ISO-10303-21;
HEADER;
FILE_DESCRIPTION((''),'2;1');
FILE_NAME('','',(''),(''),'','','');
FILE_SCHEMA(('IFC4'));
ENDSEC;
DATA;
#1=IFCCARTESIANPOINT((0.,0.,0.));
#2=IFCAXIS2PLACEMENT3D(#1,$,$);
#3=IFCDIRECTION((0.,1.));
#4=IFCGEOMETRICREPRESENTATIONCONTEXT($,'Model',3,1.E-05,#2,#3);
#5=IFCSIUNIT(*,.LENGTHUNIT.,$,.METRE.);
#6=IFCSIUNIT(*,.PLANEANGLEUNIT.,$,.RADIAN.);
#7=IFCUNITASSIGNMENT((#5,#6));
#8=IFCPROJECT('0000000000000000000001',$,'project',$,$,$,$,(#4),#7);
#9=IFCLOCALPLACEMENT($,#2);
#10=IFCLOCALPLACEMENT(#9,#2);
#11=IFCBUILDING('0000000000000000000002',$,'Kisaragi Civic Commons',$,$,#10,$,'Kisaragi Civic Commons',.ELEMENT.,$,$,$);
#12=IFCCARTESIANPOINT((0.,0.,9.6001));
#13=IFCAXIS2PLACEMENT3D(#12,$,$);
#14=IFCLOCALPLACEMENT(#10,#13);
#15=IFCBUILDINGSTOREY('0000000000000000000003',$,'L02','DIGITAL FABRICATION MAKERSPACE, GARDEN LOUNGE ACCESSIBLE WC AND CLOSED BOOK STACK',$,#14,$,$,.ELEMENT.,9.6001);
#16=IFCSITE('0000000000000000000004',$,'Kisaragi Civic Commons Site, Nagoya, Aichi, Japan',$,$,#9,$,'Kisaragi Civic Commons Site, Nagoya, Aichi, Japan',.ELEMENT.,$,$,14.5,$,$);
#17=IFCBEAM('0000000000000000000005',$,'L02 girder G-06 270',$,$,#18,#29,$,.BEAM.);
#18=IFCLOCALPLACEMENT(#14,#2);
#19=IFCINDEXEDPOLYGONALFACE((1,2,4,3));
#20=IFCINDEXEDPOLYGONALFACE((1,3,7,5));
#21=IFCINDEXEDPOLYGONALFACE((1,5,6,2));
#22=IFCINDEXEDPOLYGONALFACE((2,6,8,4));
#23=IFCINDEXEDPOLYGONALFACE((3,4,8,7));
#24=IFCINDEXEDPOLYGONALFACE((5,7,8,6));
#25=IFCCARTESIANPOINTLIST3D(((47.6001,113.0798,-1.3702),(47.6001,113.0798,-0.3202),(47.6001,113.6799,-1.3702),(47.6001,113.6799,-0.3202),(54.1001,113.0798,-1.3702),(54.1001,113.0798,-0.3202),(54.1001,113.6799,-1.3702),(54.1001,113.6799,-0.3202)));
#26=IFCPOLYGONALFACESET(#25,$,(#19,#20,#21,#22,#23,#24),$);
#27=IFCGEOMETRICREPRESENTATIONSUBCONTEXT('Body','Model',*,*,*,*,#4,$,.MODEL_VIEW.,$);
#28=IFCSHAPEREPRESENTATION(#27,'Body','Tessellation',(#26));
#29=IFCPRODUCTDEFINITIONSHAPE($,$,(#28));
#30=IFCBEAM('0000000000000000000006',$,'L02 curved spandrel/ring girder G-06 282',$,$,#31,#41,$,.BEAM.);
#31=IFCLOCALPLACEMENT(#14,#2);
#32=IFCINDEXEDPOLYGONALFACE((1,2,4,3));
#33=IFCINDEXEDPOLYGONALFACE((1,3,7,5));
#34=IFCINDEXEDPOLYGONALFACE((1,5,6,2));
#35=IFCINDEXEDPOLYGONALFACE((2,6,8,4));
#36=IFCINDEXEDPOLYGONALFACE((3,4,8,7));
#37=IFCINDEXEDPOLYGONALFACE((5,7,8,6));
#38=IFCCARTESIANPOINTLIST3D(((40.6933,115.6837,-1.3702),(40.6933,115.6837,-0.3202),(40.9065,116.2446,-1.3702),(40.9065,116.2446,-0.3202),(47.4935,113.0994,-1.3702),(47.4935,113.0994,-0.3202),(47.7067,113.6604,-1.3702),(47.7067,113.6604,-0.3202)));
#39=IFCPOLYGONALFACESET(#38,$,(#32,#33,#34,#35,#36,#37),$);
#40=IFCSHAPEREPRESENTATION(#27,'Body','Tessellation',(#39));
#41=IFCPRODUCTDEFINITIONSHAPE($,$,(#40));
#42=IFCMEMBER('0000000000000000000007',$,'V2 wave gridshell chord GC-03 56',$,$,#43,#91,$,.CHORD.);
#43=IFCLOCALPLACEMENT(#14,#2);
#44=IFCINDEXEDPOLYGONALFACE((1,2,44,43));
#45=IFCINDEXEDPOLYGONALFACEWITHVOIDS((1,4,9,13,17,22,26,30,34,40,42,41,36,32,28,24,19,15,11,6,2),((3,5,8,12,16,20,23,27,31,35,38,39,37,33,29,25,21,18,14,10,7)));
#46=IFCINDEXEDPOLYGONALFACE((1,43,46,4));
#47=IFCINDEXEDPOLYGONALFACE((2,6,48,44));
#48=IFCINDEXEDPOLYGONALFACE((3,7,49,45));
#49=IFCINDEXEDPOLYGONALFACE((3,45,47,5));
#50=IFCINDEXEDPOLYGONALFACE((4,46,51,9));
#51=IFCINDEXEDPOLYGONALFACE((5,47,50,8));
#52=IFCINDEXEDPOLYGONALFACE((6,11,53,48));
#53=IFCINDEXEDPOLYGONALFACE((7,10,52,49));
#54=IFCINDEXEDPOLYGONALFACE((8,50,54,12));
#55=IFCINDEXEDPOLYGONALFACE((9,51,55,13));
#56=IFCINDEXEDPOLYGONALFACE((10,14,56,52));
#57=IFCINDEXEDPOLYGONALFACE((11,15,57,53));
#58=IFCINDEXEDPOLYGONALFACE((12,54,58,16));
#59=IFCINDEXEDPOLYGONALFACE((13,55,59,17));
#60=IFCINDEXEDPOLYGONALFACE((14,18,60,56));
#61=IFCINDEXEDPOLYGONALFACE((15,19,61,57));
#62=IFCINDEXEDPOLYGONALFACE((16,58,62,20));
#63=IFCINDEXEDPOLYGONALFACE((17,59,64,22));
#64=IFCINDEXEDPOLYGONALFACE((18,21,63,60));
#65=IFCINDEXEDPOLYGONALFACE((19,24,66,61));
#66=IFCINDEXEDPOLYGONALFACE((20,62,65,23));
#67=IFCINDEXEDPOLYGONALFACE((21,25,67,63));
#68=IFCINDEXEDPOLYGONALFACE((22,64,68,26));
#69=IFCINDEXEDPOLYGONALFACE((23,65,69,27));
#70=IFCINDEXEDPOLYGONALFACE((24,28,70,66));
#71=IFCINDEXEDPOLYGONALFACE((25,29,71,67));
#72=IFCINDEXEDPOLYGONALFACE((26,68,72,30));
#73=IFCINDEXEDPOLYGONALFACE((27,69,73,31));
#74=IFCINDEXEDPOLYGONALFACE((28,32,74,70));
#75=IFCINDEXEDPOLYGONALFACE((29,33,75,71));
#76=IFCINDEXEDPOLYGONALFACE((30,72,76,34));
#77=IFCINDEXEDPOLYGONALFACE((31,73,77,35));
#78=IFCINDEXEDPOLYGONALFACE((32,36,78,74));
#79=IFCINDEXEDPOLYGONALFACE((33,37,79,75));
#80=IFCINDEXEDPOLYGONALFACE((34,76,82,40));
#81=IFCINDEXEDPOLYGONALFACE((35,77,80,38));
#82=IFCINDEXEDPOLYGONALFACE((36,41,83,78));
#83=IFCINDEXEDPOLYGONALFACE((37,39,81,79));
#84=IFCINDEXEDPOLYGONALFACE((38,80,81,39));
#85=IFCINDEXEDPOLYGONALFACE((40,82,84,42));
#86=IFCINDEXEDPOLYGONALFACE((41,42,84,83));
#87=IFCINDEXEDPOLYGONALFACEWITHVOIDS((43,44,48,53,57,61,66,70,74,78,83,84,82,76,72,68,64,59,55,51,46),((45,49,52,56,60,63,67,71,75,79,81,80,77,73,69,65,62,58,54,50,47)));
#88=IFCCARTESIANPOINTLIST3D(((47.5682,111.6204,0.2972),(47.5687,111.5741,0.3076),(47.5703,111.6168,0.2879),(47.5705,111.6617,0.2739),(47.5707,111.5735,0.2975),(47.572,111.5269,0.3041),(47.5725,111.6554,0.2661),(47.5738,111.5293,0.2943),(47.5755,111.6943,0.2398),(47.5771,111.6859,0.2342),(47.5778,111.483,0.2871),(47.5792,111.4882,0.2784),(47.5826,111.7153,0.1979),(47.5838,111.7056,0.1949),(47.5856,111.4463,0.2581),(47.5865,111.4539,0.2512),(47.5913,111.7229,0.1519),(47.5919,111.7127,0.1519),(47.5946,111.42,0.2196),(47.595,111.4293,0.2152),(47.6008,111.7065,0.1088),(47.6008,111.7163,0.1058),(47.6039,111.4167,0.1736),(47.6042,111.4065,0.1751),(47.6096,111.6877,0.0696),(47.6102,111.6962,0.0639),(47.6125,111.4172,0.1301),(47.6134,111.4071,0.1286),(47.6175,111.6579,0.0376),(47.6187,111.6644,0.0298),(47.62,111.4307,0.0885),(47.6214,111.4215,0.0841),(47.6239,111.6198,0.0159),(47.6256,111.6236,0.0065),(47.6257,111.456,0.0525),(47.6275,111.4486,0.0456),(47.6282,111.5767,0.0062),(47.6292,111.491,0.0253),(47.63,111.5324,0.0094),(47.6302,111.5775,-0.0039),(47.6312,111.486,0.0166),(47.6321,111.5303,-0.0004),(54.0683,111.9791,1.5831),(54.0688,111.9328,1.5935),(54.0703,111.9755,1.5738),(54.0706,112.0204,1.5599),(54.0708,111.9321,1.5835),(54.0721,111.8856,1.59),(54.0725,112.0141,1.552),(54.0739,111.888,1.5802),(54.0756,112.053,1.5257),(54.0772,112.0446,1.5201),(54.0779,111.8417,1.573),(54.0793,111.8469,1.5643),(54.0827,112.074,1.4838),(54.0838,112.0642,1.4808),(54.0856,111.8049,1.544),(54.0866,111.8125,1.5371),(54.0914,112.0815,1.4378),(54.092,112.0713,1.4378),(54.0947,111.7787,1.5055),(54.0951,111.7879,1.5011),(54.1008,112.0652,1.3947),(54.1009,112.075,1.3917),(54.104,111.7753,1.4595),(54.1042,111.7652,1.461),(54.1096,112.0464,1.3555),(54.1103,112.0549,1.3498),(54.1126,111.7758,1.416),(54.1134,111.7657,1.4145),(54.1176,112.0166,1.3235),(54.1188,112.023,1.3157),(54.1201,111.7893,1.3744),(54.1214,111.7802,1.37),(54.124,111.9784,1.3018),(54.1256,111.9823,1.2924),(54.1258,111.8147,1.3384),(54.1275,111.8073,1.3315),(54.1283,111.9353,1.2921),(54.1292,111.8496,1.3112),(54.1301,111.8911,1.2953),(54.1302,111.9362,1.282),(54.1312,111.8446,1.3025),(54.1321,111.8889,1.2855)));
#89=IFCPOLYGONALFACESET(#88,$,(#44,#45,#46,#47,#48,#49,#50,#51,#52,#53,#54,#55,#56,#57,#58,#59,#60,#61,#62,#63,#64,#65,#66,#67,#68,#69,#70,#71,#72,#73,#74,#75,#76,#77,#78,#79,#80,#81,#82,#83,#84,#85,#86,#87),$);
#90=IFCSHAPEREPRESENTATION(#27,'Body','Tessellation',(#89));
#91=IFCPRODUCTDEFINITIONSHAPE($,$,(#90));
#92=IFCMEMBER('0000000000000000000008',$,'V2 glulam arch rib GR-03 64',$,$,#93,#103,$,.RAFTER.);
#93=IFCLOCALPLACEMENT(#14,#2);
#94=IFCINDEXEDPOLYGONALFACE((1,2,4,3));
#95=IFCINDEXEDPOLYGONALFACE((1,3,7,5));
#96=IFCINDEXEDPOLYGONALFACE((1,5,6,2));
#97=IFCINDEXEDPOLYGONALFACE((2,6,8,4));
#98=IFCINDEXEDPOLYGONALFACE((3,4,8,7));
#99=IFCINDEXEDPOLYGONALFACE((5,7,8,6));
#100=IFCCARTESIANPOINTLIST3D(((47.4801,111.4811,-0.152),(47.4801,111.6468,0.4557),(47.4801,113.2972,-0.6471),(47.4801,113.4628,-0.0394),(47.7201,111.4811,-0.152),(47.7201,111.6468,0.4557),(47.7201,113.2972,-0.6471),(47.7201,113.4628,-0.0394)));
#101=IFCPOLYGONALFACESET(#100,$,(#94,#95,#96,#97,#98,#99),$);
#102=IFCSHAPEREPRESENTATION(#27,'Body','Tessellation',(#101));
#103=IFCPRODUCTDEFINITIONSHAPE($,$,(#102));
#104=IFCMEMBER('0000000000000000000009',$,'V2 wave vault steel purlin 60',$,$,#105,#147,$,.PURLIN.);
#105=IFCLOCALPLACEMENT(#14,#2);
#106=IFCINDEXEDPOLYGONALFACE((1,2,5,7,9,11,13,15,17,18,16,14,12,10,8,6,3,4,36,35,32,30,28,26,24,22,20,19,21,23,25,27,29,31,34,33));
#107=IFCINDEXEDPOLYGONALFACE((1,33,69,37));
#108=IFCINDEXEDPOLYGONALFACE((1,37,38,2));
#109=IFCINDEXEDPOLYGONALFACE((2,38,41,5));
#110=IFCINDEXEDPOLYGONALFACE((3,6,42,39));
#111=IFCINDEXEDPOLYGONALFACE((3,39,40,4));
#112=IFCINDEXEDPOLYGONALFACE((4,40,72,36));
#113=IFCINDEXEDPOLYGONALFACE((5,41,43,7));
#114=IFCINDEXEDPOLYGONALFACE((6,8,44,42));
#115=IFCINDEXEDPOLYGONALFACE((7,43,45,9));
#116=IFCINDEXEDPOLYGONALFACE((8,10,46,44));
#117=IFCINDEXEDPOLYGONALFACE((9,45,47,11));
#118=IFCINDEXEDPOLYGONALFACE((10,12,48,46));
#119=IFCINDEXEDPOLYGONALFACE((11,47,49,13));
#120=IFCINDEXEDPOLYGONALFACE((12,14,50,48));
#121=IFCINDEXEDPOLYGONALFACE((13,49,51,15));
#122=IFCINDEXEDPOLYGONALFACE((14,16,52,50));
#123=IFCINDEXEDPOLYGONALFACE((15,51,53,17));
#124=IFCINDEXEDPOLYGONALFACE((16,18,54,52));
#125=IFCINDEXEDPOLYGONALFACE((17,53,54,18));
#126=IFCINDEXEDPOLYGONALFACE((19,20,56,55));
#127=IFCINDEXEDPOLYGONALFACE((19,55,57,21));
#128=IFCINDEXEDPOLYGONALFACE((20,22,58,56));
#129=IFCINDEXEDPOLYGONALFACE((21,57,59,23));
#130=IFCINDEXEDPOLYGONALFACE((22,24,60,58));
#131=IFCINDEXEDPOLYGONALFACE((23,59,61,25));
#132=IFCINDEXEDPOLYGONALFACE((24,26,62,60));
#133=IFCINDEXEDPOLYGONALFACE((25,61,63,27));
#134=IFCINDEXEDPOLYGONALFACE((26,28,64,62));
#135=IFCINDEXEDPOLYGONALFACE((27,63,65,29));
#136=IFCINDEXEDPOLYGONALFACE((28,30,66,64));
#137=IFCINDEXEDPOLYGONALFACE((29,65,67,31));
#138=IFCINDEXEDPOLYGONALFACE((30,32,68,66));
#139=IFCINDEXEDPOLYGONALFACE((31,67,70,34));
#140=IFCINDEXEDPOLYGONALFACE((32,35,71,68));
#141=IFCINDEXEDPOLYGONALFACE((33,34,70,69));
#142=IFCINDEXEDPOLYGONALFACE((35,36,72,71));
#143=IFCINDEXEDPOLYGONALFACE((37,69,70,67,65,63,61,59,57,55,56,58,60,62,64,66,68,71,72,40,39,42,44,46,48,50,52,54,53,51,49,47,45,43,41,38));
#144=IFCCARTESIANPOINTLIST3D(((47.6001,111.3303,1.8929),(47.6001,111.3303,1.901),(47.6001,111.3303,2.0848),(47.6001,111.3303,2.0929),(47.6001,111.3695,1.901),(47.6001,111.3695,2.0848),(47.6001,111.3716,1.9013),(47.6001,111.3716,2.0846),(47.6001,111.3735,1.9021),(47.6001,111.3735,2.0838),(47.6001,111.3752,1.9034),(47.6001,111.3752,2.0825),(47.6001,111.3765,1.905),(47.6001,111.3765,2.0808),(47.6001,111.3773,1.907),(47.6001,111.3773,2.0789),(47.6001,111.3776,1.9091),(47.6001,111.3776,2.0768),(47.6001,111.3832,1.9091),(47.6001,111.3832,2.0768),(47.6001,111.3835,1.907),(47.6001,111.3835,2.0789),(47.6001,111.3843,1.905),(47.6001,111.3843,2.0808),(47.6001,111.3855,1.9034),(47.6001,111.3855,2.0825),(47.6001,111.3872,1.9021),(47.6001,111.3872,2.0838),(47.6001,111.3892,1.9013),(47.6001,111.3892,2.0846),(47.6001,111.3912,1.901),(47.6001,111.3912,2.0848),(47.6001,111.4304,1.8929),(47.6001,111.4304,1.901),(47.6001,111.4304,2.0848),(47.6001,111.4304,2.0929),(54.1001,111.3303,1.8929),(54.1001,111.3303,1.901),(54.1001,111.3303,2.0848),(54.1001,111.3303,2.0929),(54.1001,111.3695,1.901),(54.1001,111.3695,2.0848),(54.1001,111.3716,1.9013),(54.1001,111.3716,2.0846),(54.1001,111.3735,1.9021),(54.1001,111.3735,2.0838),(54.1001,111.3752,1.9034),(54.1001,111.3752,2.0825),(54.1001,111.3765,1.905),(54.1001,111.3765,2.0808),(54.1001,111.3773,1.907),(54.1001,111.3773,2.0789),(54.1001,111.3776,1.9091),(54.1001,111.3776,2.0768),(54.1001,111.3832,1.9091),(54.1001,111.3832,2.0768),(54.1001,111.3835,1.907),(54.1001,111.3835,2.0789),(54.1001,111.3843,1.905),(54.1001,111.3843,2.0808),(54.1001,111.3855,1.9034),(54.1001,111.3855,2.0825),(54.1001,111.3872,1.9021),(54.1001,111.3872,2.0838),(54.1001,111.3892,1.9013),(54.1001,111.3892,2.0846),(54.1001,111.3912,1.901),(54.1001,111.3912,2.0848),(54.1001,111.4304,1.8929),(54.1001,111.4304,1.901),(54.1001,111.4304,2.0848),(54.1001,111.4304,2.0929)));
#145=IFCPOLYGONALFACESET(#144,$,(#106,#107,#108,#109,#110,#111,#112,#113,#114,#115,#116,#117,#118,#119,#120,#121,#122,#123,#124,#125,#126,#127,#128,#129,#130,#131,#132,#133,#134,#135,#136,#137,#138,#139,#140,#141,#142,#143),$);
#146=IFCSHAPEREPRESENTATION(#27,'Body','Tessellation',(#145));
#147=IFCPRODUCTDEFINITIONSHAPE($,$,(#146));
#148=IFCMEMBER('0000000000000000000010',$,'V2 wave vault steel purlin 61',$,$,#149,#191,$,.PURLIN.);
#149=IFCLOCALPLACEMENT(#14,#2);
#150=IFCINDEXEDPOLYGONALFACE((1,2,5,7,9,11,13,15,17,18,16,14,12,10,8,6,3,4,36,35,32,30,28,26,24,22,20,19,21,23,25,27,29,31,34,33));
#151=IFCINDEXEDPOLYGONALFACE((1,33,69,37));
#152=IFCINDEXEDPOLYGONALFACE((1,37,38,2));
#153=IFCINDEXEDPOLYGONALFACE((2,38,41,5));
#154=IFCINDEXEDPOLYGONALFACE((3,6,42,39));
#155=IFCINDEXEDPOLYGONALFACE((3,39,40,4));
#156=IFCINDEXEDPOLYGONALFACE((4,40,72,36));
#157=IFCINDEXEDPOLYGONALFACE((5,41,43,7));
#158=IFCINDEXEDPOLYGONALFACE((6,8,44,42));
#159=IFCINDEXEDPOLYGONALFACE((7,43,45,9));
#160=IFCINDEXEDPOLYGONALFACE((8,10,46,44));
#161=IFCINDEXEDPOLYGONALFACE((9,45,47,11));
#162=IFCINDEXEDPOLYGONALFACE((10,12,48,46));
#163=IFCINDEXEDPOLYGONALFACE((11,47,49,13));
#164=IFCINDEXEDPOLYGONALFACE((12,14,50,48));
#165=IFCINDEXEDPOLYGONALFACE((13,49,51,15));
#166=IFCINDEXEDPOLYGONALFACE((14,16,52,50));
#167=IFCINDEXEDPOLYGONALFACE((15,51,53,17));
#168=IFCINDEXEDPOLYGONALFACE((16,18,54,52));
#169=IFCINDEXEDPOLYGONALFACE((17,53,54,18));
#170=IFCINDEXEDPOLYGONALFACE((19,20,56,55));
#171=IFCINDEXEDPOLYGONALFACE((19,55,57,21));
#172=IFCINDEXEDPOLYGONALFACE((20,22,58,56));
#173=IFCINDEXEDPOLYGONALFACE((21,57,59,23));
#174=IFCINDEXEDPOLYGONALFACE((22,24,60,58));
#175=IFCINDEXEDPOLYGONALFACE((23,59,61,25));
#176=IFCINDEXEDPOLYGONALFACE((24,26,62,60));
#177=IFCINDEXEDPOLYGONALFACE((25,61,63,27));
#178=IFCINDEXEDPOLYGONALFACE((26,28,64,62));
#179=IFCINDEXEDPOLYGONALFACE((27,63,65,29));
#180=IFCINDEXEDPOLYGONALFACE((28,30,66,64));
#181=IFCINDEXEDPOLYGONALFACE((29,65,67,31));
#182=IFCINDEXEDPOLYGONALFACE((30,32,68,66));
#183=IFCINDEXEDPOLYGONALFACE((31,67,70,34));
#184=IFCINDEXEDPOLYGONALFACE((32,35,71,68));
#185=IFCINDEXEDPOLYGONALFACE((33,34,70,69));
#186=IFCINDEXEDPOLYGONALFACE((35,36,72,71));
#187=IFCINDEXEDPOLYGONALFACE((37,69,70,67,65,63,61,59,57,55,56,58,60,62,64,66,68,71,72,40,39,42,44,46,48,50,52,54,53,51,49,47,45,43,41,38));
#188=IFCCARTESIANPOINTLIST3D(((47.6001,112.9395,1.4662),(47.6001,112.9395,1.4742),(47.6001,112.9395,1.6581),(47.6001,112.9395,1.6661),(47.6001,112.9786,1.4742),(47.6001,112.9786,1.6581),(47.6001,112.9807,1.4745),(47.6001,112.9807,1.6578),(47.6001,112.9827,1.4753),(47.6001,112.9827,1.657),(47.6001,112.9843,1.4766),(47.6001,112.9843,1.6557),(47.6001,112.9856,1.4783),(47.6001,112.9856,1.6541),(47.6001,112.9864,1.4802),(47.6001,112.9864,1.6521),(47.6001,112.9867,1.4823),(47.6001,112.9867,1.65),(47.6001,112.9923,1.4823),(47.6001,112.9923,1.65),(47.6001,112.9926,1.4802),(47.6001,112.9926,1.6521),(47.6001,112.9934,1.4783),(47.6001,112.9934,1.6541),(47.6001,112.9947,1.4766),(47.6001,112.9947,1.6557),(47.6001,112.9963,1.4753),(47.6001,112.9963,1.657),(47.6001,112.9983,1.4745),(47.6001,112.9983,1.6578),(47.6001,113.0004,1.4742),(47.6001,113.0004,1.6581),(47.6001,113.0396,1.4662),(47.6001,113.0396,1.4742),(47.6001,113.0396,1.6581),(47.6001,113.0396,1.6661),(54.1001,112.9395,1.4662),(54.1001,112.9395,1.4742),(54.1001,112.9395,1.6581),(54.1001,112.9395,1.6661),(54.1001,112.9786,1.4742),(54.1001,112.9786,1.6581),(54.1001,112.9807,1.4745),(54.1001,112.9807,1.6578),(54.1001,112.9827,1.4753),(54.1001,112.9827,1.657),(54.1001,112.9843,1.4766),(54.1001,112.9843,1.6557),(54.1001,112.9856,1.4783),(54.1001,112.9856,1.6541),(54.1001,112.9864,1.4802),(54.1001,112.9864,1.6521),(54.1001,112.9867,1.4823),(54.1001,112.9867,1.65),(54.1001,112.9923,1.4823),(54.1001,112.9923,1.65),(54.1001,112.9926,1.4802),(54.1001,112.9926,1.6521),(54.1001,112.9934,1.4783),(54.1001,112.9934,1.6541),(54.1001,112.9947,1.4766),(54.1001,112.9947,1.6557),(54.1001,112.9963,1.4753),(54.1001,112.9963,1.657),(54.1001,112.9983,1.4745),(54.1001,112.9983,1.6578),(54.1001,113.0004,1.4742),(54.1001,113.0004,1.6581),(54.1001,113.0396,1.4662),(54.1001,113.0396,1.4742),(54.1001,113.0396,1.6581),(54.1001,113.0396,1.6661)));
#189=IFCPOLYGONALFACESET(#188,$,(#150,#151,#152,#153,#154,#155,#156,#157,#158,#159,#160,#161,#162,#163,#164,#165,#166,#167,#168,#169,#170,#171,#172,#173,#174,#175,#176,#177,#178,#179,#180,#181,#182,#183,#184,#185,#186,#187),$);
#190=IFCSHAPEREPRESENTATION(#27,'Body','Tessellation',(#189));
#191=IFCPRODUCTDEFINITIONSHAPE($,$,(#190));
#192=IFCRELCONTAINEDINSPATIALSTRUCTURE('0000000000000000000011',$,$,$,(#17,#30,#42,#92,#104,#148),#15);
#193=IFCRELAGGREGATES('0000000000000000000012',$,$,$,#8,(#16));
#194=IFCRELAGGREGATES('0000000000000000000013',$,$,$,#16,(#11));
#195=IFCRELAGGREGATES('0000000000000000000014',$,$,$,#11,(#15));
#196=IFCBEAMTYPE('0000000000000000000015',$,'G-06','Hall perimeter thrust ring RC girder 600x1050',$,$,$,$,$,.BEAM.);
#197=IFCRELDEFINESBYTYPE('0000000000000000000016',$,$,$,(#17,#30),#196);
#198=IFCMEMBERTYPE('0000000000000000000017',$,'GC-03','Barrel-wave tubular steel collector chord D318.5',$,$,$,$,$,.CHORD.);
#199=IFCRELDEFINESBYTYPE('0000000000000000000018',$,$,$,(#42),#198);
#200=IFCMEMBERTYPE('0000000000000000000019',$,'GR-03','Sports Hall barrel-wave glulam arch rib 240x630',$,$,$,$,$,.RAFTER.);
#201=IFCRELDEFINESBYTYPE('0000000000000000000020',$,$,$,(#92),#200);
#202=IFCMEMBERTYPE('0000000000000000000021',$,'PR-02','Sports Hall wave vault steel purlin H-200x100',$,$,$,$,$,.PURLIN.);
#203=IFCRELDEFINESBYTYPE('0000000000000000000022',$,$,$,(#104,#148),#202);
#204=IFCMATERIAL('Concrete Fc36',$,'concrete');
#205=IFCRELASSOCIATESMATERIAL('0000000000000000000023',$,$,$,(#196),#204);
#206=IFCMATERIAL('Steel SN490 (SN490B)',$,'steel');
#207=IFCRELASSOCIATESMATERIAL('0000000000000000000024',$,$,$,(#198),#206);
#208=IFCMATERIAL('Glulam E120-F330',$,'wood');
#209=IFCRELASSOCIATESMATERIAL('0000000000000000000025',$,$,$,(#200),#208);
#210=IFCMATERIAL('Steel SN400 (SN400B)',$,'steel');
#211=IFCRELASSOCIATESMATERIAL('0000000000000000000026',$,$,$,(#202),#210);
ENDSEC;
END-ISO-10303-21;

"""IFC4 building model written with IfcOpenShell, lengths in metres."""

from ifc_helpers import new_model, si_unit, direction, frame, origin, origin_2d, place, context, subcontext, project, spatial, rectangle, hollow_circle, i_section, extrude, material, material_profile, profile_set, type_object, element, save


model = new_model("IFC4")

# Units and contexts
model_context = context("Model", 3, precision=1e-05, world=origin(), true_north=direction((0.0, 1.0)))
body_context = subcontext(model_context, "Body", "Model", "MODEL_VIEW")
ifc_project = project(units=[si_unit("LENGTHUNIT", "METRE"), si_unit("PLANEANGLEUNIT", "RADIAN")], contexts=[model_context])

# Site, building, storey
site_placement = place(None, origin())
site = spatial("IfcSite", under=ifc_project, at=site_placement, Name="Kisaragi Civic Commons Site, Nagoya, Aichi, Japan", LongName="Kisaragi Civic Commons Site, Nagoya, Aichi, Japan", CompositionType="ELEMENT", RefElevation=14.5)
building_placement = place(site_placement, origin())
building = spatial("IfcBuilding", under=site, at=building_placement, Name="Kisaragi Civic Commons", LongName="Kisaragi Civic Commons", CompositionType="ELEMENT")
storey_placement = place(building_placement, frame((0.0, 0.0, 9.6001)))
storey = spatial("IfcBuildingStorey", under=building, at=storey_placement, Name="L02", Description="DIGITAL FABRICATION MAKERSPACE, GARDEN LOUNGE ACCESSIBLE WC AND CLOSED BOOK STACK", CompositionType="ELEMENT", Elevation=9.6001)

# Beams
ifc_material_1 = material(Name="Concrete Fc36", Category="concrete")
ifc_material_profile_1 = material_profile(ifc_material_1, rectangle(XDim=0.6001, YDim=1.05, at=origin_2d()), Name="RC-600x1050", Category="concrete")
ifc_profile_set_1 = profile_set([ifc_material_profile_1], Name="Concrete Fc36")
beam_type = type_object("IfcBeamType", Name="G-06", Description="Hall perimeter thrust ring RC girder 600x1050", PredefinedType="BEAM", material=ifc_profile_set_1)
beam_1_placement = place(storey_placement, frame((47.6001, 113.3799, -0.8452), z_axis=(1.0, 0.0, 0.0), x_axis=(0.0, 1.0, 0.0)))
element("IfcBeam", 1, at=beam_1_placement, inside=storey, type_object=beam_type, Name="L02 girder G-06 270", PredefinedType="BEAM", context=body_context, shape_type="SweptSolid", body=[
    extrude(rectangle(XDim=0.6001, YDim=1.05, at=origin_2d()), origin(), (0.0, 0.0, 1.0), 6.5),
])
beam_2_placement = place(storey_placement, frame((47.6001, 113.3799, -0.8452), z_axis=(-0.934774, 0.355243, 0.0), x_axis=(-0.355243, -0.934774, 0.0)))
element("IfcBeam", 2, at=beam_2_placement, inside=storey, type_object=beam_type, Name="L02 curved spandrel/ring girder G-06 282", PredefinedType="BEAM", context=body_context, shape_type="SweptSolid", body=[
    extrude(rectangle(XDim=0.6001, YDim=1.05, at=origin_2d()), origin(), (0.0, 0.0, 1.0), 7.2747),
])

# Members
ifc_material_2 = material(Name="Steel SN490 (SN490B)", Category="steel")
ifc_material_profile_2 = material_profile(ifc_material_2, hollow_circle(Radius=0.1592, WallThickness=0.0103, at=origin_2d()), Name="CHS-318.5x10.3", Category="steel")
ifc_profile_set_2 = profile_set([ifc_material_profile_2], Name="Steel SN490 (SN490B)")
member_type_1 = type_object("IfcMemberType", Name="GC-03", Description="Barrel-wave tubular steel collector chord D318.5", PredefinedType="CHORD", material=ifc_profile_set_2)
member_1_placement = place(storey_placement, frame((47.6001, 111.564, 0.1519), z_axis=(0.979554, 0.054048, 0.193784), x_axis=(-0.055092, 0.998481, 0.0)))
element("IfcMember", 3, at=member_1_placement, inside=storey, type_object=member_type_1, Name="V2 wave gridshell chord GC-03 56", PredefinedType="CHORD", context=body_context, shape_type="SweptSolid", body=[
    extrude(hollow_circle(Radius=0.1592, WallThickness=0.0103, at=origin_2d()), origin(), (0.0, 0.0, 1.0), 6.6357),
])
ifc_material_3 = material(Name="Glulam E120-F330", Category="wood")
ifc_material_profile_3 = material_profile(ifc_material_3, rectangle(XDim=0.24, YDim=0.6299, at=origin_2d()), Name="GL-240x630", Category="wood")
ifc_profile_set_3 = profile_set([ifc_material_profile_3], Name="Glulam E120-F330")
member_type_2 = type_object("IfcMemberType", Name="GR-03", Description="Sports Hall barrel-wave glulam arch rib 240x630", PredefinedType="RAFTER", material=ifc_profile_set_3)
member_2_placement = place(storey_placement, frame((47.6001, 111.564, 0.1519), z_axis=(0.0, 0.964782, -0.263052), x_axis=(-1.0, 0.0, 0.0)))
element("IfcMember", 4, at=member_2_placement, inside=storey, type_object=member_type_2, Name="V2 glulam arch rib GR-03 64", PredefinedType="RAFTER", context=body_context, shape_type="SweptSolid", body=[
    extrude(rectangle(XDim=0.24, YDim=0.6299, at=origin_2d()), origin(), (0.0, 0.0, 1.0), 1.8823),
])
ifc_material_4 = material(Name="Steel SN400 (SN400B)", Category="steel")
ifc_material_profile_4 = material_profile(ifc_material_4, i_section(OverallWidth=0.1001, OverallDepth=0.2, WebThickness=0.0056, FlangeThickness=0.0081, FilletRadius=0.0081, at=origin_2d()), Name="H-200x100x5.5x8", Category="steel")
ifc_profile_set_4 = profile_set([ifc_material_profile_4], Name="Steel SN400 (SN400B)")
member_type_3 = type_object("IfcMemberType", Name="PR-02", Description="Sports Hall wave vault steel purlin H-200x100", PredefinedType="PURLIN", material=ifc_profile_set_4)
for number, where, z_axis, x_axis, name in (
    (5, (47.6001, 111.3804, 1.9929), (1.0, 0.0, 0.0), (0.0, 1.0, 0.0), "V2 wave vault steel purlin 60"),
    (6, (47.6001, 112.9895, 1.5662), (1.0, 0.0, 0.0), (0.0, 1.0, 0.0), "V2 wave vault steel purlin 61"),
):
    element("IfcMember", number, at=place(storey_placement, frame(where, z_axis=z_axis, x_axis=x_axis)), inside=storey, type_object=member_type_3, Name=name, PredefinedType="PURLIN", context=body_context, shape_type="SweptSolid", body=[
        extrude(i_section(OverallWidth=0.1001, OverallDepth=0.2, WebThickness=0.0056, FlangeThickness=0.0081, FilletRadius=0.0081, at=origin_2d()), origin(), (0.0, 0.0, 1.0), 6.5),
    ])

save(model, "model.ifc")
